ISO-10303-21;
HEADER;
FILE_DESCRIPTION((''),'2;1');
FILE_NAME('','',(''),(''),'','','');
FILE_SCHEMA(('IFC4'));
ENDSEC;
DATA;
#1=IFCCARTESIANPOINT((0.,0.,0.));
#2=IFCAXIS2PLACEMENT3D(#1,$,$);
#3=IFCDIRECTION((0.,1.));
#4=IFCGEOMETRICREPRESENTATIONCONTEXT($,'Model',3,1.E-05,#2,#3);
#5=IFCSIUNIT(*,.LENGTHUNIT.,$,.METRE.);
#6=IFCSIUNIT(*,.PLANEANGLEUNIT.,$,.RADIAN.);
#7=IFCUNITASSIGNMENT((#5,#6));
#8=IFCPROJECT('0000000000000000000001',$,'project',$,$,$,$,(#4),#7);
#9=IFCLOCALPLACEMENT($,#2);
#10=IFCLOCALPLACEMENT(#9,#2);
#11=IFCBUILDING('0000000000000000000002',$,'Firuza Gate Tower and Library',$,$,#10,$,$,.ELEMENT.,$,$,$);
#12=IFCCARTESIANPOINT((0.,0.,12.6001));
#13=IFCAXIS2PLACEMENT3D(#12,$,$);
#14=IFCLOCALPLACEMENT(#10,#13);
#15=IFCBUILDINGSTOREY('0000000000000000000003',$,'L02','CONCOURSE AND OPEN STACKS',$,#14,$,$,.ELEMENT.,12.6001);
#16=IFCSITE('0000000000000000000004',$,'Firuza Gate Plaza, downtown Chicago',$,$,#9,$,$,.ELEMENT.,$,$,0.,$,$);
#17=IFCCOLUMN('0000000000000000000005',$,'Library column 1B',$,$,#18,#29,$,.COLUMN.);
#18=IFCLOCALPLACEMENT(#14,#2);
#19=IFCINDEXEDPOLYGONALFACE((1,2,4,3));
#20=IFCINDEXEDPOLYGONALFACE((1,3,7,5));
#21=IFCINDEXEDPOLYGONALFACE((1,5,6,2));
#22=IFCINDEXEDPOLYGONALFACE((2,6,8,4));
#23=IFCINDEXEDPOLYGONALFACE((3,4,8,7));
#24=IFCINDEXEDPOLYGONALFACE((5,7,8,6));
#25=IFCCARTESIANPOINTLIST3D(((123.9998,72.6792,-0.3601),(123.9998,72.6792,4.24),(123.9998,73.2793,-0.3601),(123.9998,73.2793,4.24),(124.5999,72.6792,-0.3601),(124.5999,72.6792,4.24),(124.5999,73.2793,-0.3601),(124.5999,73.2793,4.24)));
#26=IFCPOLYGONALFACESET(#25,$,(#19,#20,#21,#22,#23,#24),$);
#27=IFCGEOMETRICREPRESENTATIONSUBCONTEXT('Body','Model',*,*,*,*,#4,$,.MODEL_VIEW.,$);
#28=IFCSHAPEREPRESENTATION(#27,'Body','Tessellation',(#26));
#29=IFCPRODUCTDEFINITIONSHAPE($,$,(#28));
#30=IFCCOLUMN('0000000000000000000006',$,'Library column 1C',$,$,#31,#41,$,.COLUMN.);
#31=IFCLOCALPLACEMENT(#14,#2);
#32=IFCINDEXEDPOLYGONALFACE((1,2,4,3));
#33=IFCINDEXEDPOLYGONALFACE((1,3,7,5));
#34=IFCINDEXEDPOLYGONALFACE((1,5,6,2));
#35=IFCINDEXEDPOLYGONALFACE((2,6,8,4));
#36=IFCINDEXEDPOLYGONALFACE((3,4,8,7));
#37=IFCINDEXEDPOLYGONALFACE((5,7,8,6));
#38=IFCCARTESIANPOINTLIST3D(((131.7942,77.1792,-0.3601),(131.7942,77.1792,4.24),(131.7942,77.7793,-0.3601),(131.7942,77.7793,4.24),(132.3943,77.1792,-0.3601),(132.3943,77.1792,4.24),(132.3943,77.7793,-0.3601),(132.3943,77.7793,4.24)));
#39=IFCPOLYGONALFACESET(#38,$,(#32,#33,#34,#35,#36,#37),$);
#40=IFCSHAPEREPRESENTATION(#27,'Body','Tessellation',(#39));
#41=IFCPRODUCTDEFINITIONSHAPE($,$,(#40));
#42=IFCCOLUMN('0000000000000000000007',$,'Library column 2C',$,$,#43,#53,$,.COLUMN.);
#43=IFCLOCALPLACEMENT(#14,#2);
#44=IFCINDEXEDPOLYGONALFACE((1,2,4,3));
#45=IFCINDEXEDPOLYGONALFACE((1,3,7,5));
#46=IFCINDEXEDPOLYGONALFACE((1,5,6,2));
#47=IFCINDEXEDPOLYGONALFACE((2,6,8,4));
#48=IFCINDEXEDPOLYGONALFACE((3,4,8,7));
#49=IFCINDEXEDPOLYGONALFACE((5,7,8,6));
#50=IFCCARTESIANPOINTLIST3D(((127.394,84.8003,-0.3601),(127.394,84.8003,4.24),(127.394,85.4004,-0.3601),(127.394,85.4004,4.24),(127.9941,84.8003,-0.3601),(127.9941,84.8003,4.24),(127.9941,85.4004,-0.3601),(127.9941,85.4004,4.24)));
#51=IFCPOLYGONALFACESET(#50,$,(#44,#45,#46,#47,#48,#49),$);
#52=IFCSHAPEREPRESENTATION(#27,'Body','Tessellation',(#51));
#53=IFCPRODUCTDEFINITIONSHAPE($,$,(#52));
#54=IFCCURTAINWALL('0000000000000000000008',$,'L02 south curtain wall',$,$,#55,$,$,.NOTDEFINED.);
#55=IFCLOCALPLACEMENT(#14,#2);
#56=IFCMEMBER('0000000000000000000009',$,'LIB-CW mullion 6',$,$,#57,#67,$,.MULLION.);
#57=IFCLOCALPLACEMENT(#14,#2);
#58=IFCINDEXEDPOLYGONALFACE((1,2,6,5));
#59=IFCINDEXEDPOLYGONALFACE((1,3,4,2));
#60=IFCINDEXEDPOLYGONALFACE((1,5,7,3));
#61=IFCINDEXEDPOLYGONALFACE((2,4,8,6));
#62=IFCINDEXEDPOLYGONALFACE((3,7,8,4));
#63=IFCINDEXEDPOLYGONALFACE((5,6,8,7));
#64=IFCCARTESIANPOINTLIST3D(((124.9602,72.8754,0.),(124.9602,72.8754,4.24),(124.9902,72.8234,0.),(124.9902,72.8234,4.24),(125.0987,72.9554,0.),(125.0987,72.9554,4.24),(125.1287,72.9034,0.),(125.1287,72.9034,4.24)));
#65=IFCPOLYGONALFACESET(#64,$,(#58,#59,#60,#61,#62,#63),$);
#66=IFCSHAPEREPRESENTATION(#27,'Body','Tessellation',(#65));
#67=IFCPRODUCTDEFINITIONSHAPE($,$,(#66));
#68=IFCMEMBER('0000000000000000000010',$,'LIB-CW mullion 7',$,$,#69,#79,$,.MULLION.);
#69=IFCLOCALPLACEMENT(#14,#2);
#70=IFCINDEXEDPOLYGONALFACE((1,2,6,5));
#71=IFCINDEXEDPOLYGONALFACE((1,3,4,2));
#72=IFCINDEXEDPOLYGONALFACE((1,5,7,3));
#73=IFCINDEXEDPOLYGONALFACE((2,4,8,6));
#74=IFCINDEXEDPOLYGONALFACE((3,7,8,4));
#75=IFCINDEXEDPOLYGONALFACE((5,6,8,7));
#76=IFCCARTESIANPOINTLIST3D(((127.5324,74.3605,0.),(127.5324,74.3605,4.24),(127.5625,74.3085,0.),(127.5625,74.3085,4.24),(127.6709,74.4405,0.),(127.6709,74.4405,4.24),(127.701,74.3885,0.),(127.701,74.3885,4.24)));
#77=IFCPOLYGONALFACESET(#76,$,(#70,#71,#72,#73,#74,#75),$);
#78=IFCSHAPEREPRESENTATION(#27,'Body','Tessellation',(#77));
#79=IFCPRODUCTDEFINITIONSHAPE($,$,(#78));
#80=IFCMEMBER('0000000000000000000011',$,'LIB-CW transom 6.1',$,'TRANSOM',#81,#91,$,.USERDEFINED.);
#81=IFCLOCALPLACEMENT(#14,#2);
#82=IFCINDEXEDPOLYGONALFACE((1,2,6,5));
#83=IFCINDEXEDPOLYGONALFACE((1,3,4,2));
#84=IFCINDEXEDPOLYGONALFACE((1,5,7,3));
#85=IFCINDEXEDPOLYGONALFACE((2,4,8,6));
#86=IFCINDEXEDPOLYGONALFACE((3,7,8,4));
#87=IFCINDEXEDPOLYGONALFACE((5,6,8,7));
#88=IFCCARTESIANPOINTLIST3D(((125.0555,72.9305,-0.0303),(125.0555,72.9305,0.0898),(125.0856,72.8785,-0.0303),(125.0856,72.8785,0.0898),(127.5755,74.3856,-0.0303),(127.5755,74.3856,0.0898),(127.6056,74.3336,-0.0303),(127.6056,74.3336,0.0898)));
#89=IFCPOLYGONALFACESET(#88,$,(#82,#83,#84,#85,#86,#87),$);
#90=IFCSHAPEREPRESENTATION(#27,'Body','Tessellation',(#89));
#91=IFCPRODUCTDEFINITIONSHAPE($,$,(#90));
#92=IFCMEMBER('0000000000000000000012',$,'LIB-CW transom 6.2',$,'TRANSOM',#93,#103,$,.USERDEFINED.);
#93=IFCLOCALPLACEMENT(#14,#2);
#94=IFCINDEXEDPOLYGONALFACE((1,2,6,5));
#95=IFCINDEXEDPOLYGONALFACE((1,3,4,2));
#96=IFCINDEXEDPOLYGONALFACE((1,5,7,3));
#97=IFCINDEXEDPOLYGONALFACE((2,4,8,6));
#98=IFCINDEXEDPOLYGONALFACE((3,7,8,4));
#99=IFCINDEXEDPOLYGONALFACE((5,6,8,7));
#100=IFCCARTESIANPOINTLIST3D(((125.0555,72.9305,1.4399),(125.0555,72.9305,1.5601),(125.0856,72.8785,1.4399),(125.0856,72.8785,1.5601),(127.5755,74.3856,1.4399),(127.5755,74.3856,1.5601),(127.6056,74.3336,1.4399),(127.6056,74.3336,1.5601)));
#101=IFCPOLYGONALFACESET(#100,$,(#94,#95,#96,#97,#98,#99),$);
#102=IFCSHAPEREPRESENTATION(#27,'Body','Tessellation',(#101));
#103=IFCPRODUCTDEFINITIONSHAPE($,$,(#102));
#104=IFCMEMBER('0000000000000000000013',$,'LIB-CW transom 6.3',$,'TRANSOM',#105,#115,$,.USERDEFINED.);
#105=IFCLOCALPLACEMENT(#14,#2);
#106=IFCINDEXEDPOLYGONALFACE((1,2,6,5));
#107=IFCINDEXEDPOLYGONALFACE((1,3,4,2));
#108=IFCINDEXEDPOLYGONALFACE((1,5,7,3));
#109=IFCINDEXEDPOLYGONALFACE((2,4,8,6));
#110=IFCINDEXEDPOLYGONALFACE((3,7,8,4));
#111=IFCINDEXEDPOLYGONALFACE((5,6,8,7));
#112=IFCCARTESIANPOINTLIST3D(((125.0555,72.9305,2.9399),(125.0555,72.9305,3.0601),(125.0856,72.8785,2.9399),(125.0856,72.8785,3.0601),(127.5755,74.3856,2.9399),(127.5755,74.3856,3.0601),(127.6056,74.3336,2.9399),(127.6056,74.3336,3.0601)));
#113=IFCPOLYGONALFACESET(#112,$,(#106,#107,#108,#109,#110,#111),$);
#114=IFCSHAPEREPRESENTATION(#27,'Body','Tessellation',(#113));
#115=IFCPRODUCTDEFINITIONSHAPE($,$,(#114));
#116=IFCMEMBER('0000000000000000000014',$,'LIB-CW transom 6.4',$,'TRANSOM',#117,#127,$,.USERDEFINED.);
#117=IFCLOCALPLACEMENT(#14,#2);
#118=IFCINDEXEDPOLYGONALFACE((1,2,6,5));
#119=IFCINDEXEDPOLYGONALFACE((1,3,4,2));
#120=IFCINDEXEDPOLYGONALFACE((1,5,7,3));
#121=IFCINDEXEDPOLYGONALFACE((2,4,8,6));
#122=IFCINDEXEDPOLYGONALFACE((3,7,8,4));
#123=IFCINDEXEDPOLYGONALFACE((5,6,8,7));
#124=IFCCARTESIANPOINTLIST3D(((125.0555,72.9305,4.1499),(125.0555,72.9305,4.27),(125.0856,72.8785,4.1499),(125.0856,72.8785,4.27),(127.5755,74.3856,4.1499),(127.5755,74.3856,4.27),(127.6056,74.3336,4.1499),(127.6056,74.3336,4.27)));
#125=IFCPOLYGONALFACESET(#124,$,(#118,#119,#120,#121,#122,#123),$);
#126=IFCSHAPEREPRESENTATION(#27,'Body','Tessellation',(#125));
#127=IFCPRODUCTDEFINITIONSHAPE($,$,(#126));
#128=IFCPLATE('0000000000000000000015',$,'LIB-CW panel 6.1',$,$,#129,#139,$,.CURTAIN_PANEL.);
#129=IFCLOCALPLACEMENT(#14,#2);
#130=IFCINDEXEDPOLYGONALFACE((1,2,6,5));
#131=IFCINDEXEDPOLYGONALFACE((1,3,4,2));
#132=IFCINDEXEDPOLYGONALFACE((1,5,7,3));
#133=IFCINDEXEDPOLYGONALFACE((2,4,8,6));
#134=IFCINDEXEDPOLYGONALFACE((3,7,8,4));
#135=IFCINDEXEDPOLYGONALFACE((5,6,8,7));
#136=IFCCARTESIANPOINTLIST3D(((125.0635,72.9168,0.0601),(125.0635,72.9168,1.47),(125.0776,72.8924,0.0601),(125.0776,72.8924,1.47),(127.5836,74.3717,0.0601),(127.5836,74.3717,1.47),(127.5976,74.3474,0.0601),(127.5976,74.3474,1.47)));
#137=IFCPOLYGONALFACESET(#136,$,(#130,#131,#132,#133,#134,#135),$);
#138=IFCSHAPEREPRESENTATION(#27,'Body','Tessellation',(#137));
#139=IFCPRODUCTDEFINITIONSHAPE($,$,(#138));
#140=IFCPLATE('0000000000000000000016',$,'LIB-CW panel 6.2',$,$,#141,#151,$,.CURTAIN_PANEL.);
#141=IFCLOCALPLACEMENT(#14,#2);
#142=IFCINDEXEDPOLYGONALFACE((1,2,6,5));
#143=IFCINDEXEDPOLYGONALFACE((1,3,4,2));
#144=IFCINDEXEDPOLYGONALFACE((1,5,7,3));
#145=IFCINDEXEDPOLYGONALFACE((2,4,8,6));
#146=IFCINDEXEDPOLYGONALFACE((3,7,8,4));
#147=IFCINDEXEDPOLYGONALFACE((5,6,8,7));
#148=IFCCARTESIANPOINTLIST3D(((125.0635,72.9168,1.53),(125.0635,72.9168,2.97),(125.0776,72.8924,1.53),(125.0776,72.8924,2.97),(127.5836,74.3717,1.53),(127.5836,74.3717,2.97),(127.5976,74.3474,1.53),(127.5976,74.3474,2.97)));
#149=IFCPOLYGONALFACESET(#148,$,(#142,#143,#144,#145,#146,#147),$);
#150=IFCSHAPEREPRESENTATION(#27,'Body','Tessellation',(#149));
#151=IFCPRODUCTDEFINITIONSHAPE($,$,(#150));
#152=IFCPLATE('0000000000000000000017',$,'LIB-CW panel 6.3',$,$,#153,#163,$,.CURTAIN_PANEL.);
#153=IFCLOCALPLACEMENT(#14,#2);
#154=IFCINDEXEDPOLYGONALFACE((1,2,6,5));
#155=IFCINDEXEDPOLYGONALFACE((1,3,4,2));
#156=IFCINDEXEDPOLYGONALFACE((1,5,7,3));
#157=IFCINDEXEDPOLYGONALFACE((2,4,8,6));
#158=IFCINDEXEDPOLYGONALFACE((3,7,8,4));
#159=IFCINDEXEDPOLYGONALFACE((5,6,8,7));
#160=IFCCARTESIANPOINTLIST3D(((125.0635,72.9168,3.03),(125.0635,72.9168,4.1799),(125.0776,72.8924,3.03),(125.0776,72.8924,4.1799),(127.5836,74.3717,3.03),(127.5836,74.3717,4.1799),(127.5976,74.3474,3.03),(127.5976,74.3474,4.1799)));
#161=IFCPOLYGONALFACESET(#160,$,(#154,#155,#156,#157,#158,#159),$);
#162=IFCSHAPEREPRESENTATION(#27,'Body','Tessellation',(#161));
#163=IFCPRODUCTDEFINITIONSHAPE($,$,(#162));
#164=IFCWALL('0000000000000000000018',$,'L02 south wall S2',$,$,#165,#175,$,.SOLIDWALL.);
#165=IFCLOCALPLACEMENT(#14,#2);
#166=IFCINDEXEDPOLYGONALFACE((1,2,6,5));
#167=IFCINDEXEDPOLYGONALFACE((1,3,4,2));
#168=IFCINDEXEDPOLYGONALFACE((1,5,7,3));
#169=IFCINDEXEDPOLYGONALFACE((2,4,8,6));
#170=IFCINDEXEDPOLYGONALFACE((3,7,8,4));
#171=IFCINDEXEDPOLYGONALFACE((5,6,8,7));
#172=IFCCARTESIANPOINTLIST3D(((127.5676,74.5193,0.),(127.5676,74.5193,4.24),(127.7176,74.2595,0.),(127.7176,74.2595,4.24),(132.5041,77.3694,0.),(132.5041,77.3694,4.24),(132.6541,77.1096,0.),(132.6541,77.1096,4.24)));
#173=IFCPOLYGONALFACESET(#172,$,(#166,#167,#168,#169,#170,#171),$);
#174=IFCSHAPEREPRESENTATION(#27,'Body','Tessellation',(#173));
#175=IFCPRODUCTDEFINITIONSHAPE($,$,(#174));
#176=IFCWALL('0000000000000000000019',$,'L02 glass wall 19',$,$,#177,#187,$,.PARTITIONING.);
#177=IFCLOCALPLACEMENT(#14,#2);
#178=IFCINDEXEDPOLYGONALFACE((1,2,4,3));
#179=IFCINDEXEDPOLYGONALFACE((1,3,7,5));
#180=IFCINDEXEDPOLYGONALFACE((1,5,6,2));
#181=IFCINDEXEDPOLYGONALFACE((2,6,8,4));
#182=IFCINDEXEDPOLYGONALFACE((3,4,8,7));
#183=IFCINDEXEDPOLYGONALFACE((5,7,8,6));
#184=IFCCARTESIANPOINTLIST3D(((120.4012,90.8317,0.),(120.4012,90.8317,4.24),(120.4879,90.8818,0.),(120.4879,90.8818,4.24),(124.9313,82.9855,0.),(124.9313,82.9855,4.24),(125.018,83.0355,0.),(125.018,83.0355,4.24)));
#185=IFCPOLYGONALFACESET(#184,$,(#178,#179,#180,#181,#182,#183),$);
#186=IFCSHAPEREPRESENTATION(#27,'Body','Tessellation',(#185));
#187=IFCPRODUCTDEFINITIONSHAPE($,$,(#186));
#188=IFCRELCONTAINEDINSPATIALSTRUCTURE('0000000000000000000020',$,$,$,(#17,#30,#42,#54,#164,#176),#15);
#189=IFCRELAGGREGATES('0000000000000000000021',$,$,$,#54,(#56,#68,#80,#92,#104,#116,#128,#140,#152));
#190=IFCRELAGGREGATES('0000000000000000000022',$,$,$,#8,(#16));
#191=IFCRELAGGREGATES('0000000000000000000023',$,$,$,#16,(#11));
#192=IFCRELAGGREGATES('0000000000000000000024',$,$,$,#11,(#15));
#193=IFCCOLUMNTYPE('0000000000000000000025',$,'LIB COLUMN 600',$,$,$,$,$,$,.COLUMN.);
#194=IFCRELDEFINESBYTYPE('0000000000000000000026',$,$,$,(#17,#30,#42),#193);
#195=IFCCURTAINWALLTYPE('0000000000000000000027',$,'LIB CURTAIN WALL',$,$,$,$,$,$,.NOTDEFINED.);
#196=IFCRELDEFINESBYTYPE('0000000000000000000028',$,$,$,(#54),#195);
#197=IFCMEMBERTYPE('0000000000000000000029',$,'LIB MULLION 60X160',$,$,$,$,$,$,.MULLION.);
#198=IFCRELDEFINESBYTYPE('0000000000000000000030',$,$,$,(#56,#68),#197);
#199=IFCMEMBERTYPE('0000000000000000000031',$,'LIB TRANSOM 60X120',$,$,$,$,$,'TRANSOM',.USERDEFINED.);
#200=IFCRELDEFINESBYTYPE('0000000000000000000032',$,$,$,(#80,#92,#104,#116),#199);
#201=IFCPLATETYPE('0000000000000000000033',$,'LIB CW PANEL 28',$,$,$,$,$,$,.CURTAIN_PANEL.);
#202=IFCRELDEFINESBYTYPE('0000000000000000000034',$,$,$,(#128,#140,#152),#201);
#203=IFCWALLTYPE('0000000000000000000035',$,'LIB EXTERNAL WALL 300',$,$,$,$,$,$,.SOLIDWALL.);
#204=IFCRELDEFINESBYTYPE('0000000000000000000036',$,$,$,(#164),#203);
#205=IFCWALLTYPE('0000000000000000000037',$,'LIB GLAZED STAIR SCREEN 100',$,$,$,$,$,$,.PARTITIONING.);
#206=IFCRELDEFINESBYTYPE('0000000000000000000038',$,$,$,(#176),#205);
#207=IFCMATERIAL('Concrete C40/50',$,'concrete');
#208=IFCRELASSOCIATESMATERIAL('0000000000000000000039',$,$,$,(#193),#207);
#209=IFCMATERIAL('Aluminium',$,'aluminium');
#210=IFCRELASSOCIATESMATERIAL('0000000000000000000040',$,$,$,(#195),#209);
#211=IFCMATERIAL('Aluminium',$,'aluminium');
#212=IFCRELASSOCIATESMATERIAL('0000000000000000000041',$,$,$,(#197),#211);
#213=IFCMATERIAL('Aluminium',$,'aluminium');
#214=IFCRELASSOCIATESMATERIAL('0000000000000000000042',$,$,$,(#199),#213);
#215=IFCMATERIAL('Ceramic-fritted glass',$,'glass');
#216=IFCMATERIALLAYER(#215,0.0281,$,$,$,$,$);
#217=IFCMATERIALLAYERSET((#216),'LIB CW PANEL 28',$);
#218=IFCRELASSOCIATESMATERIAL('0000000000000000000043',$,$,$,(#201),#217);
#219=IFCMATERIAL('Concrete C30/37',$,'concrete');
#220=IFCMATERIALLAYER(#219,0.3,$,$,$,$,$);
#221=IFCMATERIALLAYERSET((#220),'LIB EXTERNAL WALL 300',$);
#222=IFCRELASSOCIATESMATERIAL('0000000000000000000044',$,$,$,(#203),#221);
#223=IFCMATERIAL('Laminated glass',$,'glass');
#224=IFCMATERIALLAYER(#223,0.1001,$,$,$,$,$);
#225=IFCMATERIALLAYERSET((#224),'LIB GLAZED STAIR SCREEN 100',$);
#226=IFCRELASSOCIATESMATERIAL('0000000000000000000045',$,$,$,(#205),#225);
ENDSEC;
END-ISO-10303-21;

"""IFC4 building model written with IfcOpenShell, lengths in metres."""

from ifc_helpers import new_model, si_unit, direction, frame, frame_2d, origin, origin_2d, place, context, subcontext, project, spatial, rectangle, extrude, material, layer, layer_set, material_profile, profile_set, type_object, element, aggregate, save


model = new_model("IFC4")

# Units and contexts
model_context = context("Model", 3, precision=1e-05, world=origin(), true_north=direction((0.0, 1.0)))
body_context = subcontext(model_context, "Body", "Model", "MODEL_VIEW")
ifc_project = project(units=[si_unit("LENGTHUNIT", "METRE"), si_unit("PLANEANGLEUNIT", "RADIAN")], contexts=[model_context])

# Site, building, storey
site_placement = place(None, origin())
site = spatial("IfcSite", under=ifc_project, at=site_placement, Name="Firuza Gate Plaza, downtown Chicago", CompositionType="ELEMENT", RefElevation=0.0)
building_placement = place(site_placement, origin())
building = spatial("IfcBuilding", under=site, at=building_placement, Name="Firuza Gate Tower and Library", CompositionType="ELEMENT")
storey_placement = place(building_placement, frame((0.0, 0.0, 12.6001)))
storey = spatial("IfcBuildingStorey", under=building, at=storey_placement, Name="L02", Description="CONCOURSE AND OPEN STACKS", CompositionType="ELEMENT", Elevation=12.6001)

# Columns
ifc_material_1 = material(Name="Concrete C40/50", Category="concrete")
ifc_material_profile_1 = material_profile(ifc_material_1, rectangle(XDim=0.6001, YDim=0.6001, at=origin_2d()))
ifc_profile_set_1 = profile_set([ifc_material_profile_1], Name="Concrete C40/50")
column_type = type_object("IfcColumnType", Name="LIB COLUMN 600", PredefinedType="COLUMN", material=ifc_profile_set_1)
for number, where, z_axis, x_axis, name in (
    (1, (124.2998, 72.9792, -0.3601), (0.0, 0.0, 1.0), (1.0, 0.0, 0.0), "Library column 1B"),
    (2, (132.0942, 77.4792, -0.3601), (0.0, 0.0, 1.0), (1.0, 0.0, 0.0), "Library column 1C"),
    (3, (127.6941, 85.1003, -0.3601), (0.0, 0.0, 1.0), (1.0, 0.0, 0.0), "Library column 2C"),
):
    element("IfcColumn", number, at=place(storey_placement, frame(where, z_axis=z_axis, x_axis=x_axis)), inside=storey, type_object=column_type, Name=name, PredefinedType="COLUMN", context=body_context, shape_type="SweptSolid", body=[
        extrude(rectangle(XDim=0.6001, YDim=0.6001, at=origin_2d()), origin(), (0.0, 0.0, 1.0), 4.6001),
    ])

# Curtain wall, members, plates
ifc_material_2 = material(Name="Aluminium", Category="aluminium")
curtain_wall_type = type_object("IfcCurtainWallType", Name="LIB CURTAIN WALL", PredefinedType="NOTDEFINED", material=ifc_material_2)
curtain_wall_placement = place(storey_placement, origin())
curtain_wall = element("IfcCurtainWall", 4, at=curtain_wall_placement, inside=storey, type_object=curtain_wall_type, Name="L02 south curtain wall", PredefinedType="NOTDEFINED")
ifc_material_3 = material(Name="Aluminium", Category="aluminium")
ifc_material_profile_2 = material_profile(ifc_material_3, rectangle(XDim=0.0601, YDim=0.1599, at=origin_2d()))
ifc_profile_set_2 = profile_set([ifc_material_profile_2], Name="Aluminium")
member_type_1 = type_object("IfcMemberType", Name="LIB MULLION 60X160", PredefinedType="MULLION", material=ifc_profile_set_2)
member_1_placement = place(storey_placement, frame((125.0444, 72.8894, 0.0), z_axis=(0.0, 0.0, 1.0), x_axis=(-0.500001, 0.866025, 0.0)))
member_1 = element("IfcMember", 5, at=member_1_placement, type_object=member_type_1, Name="LIB-CW mullion 6", PredefinedType="MULLION", context=body_context, shape_type="SweptSolid", body=[
    extrude(rectangle(XDim=0.0601, YDim=0.1599, at=origin_2d()), origin(), (0.0, 0.0, 1.0), 4.24),
])
member_2_placement = place(storey_placement, frame((127.6167, 74.3745, 0.0), z_axis=(0.0, 0.0, 1.0), x_axis=(-0.500001, 0.866025, 0.0)))
member_2 = element("IfcMember", 6, at=member_2_placement, type_object=member_type_1, Name="LIB-CW mullion 7", PredefinedType="MULLION", context=body_context, shape_type="SweptSolid", body=[
    extrude(rectangle(XDim=0.0601, YDim=0.1599, at=origin_2d()), origin(), (0.0, 0.0, 1.0), 4.24),
])
ifc_material_4 = material(Name="Aluminium", Category="aluminium")
ifc_material_profile_3 = material_profile(ifc_material_4, rectangle(XDim=0.0601, YDim=0.1201, at=origin_2d()))
ifc_profile_set_3 = profile_set([ifc_material_profile_3], Name="Aluminium")
member_type_2 = type_object("IfcMemberType", Name="LIB TRANSOM 60X120", ElementType="TRANSOM", PredefinedType="USERDEFINED", material=ifc_profile_set_3)
member_3_placement = place(storey_placement, frame((125.0706, 72.9045, 0.0298), z_axis=(0.866004, 0.500037, 0.0), x_axis=(-0.500037, 0.866004, 0.0)))
member_3 = element("IfcMember", 7, at=member_3_placement, type_object=member_type_2, Name="LIB-CW transom 6.1", ObjectType="TRANSOM", PredefinedType="USERDEFINED", context=body_context, shape_type="SweptSolid", body=[
    extrude(rectangle(XDim=0.0601, YDim=0.1201, at=origin_2d()), origin(), (0.0, 0.0, 1.0), 2.9099),
])
member_4_placement = place(storey_placement, frame((125.0706, 72.9045, 1.5), z_axis=(0.866004, 0.500037, 0.0), x_axis=(-0.500037, 0.866004, 0.0)))
member_4 = element("IfcMember", 8, at=member_4_placement, type_object=member_type_2, Name="LIB-CW transom 6.2", ObjectType="TRANSOM", PredefinedType="USERDEFINED", context=body_context, shape_type="SweptSolid", body=[
    extrude(rectangle(XDim=0.0601, YDim=0.1201, at=origin_2d()), origin(), (0.0, 0.0, 1.0), 2.9099),
])
member_5_placement = place(storey_placement, frame((125.0706, 72.9045, 3.0), z_axis=(0.866004, 0.500037, 0.0), x_axis=(-0.500037, 0.866004, 0.0)))
member_5 = element("IfcMember", 9, at=member_5_placement, type_object=member_type_2, Name="LIB-CW transom 6.3", ObjectType="TRANSOM", PredefinedType="USERDEFINED", context=body_context, shape_type="SweptSolid", body=[
    extrude(rectangle(XDim=0.0601, YDim=0.1201, at=origin_2d()), origin(), (0.0, 0.0, 1.0), 2.9099),
])
member_6_placement = place(storey_placement, frame((125.0706, 72.9045, 4.21), z_axis=(0.866004, 0.500037, 0.0), x_axis=(-0.500037, 0.866004, 0.0)))
member_6 = element("IfcMember", 10, at=member_6_placement, type_object=member_type_2, Name="LIB-CW transom 6.4", ObjectType="TRANSOM", PredefinedType="USERDEFINED", context=body_context, shape_type="SweptSolid", body=[
    extrude(rectangle(XDim=0.0601, YDim=0.1201, at=origin_2d()), origin(), (0.0, 0.0, 1.0), 2.9099),
])
ifc_material_5 = material(Name="Ceramic-fritted glass", Category="glass")
ifc_layer_1 = layer(ifc_material_5, 0.0281)
ifc_layer_set_1 = layer_set([ifc_layer_1], Name="LIB CW PANEL 28")
plate_type = type_object("IfcPlateType", Name="LIB CW PANEL 28", PredefinedType="CURTAIN_PANEL", material=ifc_layer_set_1)
plate_1_placement = place(storey_placement, frame((126.3306, 73.6321, 0.0601), z_axis=(0.0, 0.0, 1.0), x_axis=(0.866025, 0.500001, 0.0)))
plate_1 = element("IfcPlate", 11, at=plate_1_placement, type_object=plate_type, Name="LIB-CW panel 6.1", PredefinedType="CURTAIN_PANEL", context=body_context, shape_type="SweptSolid", body=[
    extrude(rectangle(XDim=2.9099, YDim=0.0281, at=origin_2d()), origin(), (0.0, 0.0, 1.0), 1.4099),
])
plate_2_placement = place(storey_placement, frame((126.3306, 73.6321, 1.53), z_axis=(0.0, 0.0, 1.0), x_axis=(0.866025, 0.500001, 0.0)))
plate_2 = element("IfcPlate", 12, at=plate_2_placement, type_object=plate_type, Name="LIB-CW panel 6.2", PredefinedType="CURTAIN_PANEL", context=body_context, shape_type="SweptSolid", body=[
    extrude(rectangle(XDim=2.9099, YDim=0.0281, at=origin_2d()), origin(), (0.0, 0.0, 1.0), 1.4399),
])
plate_3_placement = place(storey_placement, frame((126.3306, 73.6321, 3.03), z_axis=(0.0, 0.0, 1.0), x_axis=(0.866025, 0.500001, 0.0)))
plate_3 = element("IfcPlate", 13, at=plate_3_placement, type_object=plate_type, Name="LIB-CW panel 6.3", PredefinedType="CURTAIN_PANEL", context=body_context, shape_type="SweptSolid", body=[
    extrude(rectangle(XDim=2.9099, YDim=0.0281, at=origin_2d()), origin(), (0.0, 0.0, 1.0), 1.1499),
])
aggregate(curtain_wall, [member_1, member_2, member_3, member_4, member_5, member_6, plate_1, plate_2, plate_3])

# Shared definitions
ifc_material_6 = material(Name="Concrete C30/37", Category="concrete")
ifc_layer_2 = layer(ifc_material_6, 0.3)
ifc_layer_set_2 = layer_set([ifc_layer_2], Name="LIB EXTERNAL WALL 300")
wall_type_1 = type_object("IfcWallType", Name="LIB EXTERNAL WALL 300", PredefinedType="SOLIDWALL", material=ifc_layer_set_2)

# Walls
wall_1_placement = place(storey_placement, frame((127.6426, 74.3894, 0.0), z_axis=(0.0, 0.0, 1.0), x_axis=(0.866026, 0.499999, 0.0)))
element("IfcWall", 14, at=wall_1_placement, inside=storey, type_object=wall_type_1, Name="L02 south wall S2", PredefinedType="SOLIDWALL", context=body_context, shape_type="SweptSolid", body=[
    extrude(rectangle(XDim=5.7002, YDim=0.3, at=frame_2d((2.8501, 0.0))), origin(), (0.0, 0.0, 1.0), 4.24),
])
ifc_material_7 = material(Name="Laminated glass", Category="glass")
ifc_layer_3 = layer(ifc_material_7, 0.1001)
ifc_layer_set_3 = layer_set([ifc_layer_3], Name="LIB GLAZED STAIR SCREEN 100")
wall_type_2 = type_object("IfcWallType", Name="LIB GLAZED STAIR SCREEN 100", PredefinedType="PARTITIONING", material=ifc_layer_set_3)
wall_2_placement = place(storey_placement, frame((124.9746, 83.0105, 0.0), z_axis=(0.0, 0.0, 1.0), x_axis=(-0.500002, 0.866024, 0.0)))
element("IfcWall", 15, at=wall_2_placement, inside=storey, type_object=wall_type_2, Name="L02 glass wall 19", PredefinedType="PARTITIONING", context=body_context, shape_type="SweptSolid", body=[
    extrude(rectangle(XDim=9.0601, YDim=0.1001, at=frame_2d((4.53, 0.0))), origin(), (0.0, 0.0, 1.0), 4.24),
])

save(model, "model.ifc")
